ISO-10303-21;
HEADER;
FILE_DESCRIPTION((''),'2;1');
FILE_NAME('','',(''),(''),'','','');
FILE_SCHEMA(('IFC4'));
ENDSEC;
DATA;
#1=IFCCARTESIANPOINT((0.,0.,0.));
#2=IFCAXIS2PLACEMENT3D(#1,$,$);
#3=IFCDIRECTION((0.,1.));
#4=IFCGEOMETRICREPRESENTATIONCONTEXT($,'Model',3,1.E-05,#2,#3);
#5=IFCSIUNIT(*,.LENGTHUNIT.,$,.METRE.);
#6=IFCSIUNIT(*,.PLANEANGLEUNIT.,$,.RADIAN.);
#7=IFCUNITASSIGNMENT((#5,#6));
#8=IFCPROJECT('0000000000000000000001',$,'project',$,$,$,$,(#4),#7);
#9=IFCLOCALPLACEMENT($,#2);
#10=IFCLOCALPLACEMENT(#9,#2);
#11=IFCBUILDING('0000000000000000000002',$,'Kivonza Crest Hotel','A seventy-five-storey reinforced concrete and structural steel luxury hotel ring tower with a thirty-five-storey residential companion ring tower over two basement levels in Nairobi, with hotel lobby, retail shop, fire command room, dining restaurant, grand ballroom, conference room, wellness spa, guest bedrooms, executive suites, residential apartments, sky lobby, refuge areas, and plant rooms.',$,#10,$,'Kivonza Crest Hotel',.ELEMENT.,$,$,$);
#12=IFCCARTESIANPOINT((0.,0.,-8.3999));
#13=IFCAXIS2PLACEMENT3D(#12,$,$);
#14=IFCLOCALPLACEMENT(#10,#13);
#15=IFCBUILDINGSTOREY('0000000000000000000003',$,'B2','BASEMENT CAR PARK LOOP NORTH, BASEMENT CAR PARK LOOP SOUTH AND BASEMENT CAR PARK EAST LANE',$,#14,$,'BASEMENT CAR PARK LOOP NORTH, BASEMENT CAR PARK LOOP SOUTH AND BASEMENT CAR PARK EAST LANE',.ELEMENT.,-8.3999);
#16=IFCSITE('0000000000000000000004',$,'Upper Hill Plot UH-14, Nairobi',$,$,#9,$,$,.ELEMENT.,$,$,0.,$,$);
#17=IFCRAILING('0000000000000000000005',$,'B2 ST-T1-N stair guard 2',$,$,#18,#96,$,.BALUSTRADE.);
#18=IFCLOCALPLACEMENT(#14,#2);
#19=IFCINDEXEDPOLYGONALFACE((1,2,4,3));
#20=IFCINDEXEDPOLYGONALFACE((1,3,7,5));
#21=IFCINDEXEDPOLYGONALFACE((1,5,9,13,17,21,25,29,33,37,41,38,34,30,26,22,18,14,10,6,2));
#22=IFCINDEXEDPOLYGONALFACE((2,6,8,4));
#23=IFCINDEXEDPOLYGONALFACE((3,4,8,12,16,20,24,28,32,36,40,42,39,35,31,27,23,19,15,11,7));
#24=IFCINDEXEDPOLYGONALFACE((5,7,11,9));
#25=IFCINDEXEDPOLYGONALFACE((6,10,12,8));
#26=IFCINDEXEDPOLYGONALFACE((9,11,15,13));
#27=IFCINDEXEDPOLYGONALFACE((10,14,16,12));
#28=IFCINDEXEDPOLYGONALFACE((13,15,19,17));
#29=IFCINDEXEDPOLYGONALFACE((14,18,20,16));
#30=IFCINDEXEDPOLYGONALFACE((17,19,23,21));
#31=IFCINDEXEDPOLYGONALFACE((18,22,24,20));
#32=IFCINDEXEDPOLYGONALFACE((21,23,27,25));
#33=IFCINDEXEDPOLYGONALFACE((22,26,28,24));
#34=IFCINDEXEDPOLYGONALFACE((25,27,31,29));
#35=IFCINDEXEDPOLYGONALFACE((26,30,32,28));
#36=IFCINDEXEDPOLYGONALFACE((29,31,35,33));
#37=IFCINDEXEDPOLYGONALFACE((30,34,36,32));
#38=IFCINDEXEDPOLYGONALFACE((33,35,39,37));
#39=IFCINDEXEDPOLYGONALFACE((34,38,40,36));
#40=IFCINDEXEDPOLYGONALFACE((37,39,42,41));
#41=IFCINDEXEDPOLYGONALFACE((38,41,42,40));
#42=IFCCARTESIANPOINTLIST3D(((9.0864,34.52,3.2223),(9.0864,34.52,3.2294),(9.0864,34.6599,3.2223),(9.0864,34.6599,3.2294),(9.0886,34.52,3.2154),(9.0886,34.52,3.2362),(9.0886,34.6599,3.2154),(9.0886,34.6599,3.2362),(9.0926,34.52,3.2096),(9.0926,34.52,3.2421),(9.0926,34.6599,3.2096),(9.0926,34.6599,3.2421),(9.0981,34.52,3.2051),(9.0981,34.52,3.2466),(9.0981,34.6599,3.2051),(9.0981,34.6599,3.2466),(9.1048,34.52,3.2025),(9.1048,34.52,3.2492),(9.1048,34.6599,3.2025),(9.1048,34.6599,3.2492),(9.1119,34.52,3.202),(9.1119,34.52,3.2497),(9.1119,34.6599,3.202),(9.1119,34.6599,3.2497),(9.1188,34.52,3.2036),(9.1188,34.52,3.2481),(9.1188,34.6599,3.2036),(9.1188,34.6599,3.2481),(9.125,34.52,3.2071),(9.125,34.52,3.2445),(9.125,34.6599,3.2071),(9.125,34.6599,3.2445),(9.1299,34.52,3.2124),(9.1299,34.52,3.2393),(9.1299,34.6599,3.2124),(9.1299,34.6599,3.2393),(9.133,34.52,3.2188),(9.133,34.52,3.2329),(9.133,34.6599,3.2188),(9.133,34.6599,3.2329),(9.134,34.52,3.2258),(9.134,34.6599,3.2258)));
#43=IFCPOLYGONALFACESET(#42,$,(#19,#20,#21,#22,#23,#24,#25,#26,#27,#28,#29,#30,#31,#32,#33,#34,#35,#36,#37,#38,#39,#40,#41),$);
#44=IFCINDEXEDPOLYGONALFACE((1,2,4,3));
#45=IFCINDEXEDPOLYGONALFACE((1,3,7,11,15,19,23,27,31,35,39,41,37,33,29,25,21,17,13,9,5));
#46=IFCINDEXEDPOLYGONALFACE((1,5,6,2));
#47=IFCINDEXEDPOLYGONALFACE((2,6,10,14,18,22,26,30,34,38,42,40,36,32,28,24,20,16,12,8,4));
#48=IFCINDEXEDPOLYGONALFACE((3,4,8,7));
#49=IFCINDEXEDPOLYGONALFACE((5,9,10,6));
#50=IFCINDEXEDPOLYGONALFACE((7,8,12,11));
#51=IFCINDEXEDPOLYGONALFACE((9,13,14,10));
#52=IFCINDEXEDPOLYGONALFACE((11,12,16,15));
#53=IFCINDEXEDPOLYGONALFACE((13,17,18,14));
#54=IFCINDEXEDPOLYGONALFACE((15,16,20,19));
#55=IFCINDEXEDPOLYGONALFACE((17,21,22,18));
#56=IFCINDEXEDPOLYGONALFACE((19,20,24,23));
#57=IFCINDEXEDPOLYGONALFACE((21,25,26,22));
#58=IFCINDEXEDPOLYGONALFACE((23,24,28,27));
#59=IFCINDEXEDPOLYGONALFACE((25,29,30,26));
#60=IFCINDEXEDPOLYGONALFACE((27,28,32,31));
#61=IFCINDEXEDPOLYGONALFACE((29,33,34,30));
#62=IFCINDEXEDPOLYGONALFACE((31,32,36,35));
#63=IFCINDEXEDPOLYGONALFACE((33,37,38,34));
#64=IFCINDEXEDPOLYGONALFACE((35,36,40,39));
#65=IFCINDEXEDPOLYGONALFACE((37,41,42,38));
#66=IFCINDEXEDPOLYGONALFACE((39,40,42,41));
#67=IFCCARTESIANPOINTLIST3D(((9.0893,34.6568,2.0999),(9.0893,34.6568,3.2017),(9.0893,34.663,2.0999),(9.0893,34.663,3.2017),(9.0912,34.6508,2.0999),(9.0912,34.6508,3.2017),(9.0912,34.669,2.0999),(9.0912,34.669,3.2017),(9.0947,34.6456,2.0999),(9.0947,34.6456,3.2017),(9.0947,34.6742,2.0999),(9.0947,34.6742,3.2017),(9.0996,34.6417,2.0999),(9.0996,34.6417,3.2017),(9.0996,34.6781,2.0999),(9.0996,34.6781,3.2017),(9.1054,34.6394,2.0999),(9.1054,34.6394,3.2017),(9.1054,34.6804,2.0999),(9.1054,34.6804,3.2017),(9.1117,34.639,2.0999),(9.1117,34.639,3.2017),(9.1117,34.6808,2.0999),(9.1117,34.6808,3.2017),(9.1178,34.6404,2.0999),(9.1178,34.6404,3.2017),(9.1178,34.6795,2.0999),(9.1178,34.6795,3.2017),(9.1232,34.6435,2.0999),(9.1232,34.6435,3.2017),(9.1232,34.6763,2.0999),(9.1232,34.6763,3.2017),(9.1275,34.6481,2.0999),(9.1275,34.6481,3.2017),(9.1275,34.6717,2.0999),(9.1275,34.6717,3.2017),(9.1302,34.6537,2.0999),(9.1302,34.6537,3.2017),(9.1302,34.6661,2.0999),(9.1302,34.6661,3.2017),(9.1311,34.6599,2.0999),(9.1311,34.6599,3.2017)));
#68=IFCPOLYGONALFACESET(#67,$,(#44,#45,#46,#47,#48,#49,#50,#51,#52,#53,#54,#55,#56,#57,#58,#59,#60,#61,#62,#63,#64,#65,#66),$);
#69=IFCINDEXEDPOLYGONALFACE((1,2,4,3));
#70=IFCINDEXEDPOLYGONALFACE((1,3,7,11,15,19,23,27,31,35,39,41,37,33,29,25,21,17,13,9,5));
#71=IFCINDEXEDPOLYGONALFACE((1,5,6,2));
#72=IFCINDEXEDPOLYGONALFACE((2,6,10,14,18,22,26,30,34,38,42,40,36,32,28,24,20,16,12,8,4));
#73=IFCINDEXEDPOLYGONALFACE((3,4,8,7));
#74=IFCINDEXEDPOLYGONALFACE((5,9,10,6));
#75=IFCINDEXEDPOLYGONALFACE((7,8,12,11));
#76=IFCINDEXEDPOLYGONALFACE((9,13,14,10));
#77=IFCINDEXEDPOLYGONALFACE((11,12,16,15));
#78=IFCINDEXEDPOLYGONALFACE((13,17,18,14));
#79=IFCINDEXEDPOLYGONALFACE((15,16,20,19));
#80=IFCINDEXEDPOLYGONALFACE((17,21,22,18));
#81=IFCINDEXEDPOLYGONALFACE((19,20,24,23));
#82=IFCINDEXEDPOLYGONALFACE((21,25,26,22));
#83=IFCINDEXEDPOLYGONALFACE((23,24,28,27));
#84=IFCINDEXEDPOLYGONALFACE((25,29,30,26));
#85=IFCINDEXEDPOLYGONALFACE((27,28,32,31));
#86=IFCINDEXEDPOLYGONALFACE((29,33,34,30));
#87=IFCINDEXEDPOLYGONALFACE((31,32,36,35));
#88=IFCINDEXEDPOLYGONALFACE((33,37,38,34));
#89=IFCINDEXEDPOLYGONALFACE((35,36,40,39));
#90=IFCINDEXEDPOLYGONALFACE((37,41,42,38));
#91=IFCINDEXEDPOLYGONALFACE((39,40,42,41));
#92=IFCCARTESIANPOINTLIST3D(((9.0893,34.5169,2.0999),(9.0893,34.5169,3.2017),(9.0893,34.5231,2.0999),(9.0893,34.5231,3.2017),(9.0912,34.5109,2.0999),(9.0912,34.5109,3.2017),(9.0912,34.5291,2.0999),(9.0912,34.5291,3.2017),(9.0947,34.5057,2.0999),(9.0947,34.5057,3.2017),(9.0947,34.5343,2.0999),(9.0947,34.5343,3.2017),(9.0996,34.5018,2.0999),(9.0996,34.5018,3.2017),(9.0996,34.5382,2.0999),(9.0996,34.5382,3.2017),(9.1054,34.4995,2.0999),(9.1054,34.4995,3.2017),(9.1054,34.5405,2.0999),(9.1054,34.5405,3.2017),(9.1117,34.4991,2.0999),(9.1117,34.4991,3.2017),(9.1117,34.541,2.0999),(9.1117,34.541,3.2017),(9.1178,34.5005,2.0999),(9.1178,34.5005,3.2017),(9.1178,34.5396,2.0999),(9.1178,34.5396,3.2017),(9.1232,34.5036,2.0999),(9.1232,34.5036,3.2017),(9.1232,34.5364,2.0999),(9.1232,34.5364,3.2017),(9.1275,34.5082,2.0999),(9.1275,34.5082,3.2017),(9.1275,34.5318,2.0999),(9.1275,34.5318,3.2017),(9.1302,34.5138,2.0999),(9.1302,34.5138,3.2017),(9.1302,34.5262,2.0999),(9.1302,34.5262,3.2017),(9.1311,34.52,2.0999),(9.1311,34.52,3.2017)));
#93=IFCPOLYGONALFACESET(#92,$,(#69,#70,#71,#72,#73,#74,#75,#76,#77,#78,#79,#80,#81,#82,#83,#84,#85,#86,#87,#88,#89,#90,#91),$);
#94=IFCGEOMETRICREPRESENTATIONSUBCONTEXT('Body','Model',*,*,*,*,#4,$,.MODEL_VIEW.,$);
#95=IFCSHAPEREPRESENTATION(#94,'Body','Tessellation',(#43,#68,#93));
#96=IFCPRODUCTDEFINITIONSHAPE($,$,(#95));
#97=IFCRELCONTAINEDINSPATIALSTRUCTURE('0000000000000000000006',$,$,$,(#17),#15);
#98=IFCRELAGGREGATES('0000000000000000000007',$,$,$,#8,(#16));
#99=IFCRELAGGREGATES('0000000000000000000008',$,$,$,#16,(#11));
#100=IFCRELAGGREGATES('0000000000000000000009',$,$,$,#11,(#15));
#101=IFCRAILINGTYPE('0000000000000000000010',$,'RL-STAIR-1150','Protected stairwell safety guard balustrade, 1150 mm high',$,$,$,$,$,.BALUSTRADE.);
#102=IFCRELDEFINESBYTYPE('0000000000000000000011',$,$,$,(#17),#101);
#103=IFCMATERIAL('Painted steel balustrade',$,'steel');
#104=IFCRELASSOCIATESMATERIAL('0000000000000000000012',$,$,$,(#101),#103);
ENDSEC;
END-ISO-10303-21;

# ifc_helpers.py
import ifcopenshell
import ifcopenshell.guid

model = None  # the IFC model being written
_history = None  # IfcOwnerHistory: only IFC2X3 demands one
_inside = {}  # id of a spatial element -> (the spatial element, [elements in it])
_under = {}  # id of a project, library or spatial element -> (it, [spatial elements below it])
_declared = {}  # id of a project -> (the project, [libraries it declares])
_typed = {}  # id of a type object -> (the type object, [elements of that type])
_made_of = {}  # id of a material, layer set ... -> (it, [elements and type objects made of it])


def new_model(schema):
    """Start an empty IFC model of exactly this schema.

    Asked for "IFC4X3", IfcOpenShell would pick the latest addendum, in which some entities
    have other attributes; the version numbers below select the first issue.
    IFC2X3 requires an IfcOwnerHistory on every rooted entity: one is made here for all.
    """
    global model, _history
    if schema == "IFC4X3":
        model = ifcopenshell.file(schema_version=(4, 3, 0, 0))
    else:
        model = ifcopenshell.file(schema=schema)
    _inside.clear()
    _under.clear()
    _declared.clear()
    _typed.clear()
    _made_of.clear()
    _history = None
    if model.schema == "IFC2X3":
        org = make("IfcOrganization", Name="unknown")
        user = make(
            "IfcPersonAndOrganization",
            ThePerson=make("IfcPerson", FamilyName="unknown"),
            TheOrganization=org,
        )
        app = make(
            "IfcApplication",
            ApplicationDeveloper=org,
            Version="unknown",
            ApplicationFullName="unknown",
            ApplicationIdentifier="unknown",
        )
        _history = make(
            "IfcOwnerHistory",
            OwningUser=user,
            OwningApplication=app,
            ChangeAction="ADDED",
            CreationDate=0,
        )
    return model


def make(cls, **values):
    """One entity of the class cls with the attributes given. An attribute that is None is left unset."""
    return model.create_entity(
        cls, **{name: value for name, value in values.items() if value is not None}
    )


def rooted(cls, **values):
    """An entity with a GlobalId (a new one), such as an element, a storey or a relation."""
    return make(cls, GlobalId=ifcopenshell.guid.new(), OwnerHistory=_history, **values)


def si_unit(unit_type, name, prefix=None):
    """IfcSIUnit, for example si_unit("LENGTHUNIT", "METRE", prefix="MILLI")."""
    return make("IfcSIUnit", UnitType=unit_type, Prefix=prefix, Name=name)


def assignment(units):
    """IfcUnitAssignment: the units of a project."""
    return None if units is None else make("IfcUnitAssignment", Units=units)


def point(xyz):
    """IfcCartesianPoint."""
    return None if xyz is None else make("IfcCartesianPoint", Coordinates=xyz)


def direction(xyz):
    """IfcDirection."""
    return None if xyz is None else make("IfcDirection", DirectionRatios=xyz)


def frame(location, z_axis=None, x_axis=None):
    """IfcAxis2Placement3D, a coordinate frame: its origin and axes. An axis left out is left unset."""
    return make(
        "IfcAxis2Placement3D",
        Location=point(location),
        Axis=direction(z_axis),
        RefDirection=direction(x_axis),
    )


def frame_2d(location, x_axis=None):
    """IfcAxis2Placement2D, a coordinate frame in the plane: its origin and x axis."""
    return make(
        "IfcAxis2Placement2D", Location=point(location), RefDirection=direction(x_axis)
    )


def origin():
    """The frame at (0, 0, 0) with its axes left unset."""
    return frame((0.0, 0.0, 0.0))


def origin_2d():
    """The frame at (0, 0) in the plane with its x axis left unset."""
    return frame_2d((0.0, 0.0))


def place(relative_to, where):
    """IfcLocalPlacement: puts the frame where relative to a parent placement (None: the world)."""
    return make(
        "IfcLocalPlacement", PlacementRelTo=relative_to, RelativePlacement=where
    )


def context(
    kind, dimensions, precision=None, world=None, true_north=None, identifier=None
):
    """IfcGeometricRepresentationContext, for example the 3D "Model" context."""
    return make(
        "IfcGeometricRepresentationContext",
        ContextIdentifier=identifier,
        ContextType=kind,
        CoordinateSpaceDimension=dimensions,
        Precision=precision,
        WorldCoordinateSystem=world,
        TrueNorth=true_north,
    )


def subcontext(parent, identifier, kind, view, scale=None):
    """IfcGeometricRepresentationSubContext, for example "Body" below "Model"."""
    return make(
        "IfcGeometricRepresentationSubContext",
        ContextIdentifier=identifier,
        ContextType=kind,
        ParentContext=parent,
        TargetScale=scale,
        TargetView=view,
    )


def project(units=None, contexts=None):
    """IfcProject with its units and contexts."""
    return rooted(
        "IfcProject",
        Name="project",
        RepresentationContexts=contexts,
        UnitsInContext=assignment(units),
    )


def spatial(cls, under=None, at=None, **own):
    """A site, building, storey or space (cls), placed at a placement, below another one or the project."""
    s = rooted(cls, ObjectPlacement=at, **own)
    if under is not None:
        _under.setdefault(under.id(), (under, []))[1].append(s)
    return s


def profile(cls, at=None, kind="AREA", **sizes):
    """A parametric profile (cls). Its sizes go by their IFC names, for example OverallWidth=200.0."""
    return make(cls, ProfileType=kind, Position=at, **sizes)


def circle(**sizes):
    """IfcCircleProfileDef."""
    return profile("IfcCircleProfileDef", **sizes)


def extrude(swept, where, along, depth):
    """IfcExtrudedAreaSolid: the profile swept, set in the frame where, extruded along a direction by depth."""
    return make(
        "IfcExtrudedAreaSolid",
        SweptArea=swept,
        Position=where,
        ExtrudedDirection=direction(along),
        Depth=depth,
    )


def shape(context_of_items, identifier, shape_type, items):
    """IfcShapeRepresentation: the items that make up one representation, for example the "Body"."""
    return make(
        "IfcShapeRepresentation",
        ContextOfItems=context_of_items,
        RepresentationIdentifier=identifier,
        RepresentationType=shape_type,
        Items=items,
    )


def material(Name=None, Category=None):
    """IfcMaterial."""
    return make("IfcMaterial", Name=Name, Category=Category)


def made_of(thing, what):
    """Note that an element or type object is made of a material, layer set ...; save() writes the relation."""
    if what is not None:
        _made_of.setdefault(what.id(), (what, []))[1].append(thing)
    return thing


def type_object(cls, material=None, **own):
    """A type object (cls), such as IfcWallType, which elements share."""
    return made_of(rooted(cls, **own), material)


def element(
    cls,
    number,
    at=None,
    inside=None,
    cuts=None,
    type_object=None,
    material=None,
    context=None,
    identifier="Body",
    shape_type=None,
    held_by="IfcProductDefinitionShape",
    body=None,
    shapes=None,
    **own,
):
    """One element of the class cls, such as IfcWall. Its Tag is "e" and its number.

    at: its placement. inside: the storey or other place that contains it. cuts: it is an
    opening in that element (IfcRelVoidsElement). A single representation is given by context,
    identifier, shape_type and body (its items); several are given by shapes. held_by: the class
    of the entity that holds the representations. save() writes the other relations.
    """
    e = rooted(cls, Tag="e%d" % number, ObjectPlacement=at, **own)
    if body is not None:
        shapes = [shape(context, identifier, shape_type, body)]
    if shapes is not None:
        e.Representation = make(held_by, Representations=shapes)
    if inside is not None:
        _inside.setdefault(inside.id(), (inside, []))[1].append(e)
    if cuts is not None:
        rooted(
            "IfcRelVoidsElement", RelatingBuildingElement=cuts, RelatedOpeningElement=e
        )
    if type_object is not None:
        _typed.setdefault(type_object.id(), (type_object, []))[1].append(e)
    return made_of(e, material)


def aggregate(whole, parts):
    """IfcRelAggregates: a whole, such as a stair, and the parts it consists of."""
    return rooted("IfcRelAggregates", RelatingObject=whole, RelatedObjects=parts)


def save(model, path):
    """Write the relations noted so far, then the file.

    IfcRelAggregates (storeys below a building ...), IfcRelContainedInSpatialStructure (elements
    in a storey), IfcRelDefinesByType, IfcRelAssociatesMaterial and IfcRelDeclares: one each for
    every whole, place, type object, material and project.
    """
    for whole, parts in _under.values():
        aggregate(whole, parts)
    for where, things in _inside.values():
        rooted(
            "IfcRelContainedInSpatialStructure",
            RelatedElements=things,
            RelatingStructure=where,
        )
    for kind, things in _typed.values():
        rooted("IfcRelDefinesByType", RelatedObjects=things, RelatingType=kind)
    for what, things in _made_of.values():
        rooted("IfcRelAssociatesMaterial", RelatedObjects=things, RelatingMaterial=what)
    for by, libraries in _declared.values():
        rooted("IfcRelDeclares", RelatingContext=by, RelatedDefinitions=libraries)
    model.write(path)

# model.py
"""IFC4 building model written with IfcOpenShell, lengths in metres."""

from ifc_helpers import new_model, si_unit, direction, frame, origin, origin_2d, place, context, subcontext, project, spatial, circle, extrude, material, type_object, element, save


model = new_model("IFC4")

# Units and contexts
model_context = context("Model", 3, precision=1e-05, world=origin(), true_north=direction((0.0, 1.0)))
body_context = subcontext(model_context, "Body", "Model", "MODEL_VIEW")
ifc_project = project(units=[si_unit("LENGTHUNIT", "METRE"), si_unit("PLANEANGLEUNIT", "RADIAN")], contexts=[model_context])

# Site, building, storey
site_placement = place(None, origin())
site = spatial("IfcSite", under=ifc_project, at=site_placement, Name="Upper Hill Plot UH-14, Nairobi", CompositionType="ELEMENT", RefElevation=0.0)
building_placement = place(site_placement, origin())
building = spatial("IfcBuilding", under=site, at=building_placement, Name="Kivonza Crest Hotel", Description="A seventy-five-storey reinforced concrete and structural steel luxury hotel ring tower with a thirty-five-storey residential companion ring tower over two basement levels in Nairobi, with hotel lobby, retail shop, fire command room, dining restaurant, grand ballroom, conference room, wellness spa, guest bedrooms, executive suites, residential apartments, sky lobby, refuge areas, and plant rooms.", LongName="Kivonza Crest Hotel", CompositionType="ELEMENT")
storey_placement = place(building_placement, frame((0.0, 0.0, -8.3999)))
storey = spatial("IfcBuildingStorey", under=building, at=storey_placement, Name="B2", Description="BASEMENT CAR PARK LOOP NORTH, BASEMENT CAR PARK LOOP SOUTH AND BASEMENT CAR PARK EAST LANE", LongName="BASEMENT CAR PARK LOOP NORTH, BASEMENT CAR PARK LOOP SOUTH AND BASEMENT CAR PARK EAST LANE", CompositionType="ELEMENT", Elevation=-8.3999)

# Railing
ifc_material_1 = material(Name="Painted steel balustrade", Category="steel")
railing_type_1 = type_object("IfcRailingType", Name="RL-STAIR-1150", Description="Protected stairwell safety guard balustrade, 1150 mm high", PredefinedType="BALUSTRADE", material=ifc_material_1)
railing_1_placement = place(storey_placement, frame((9.1101, 34.6599, 2.0999)))
element("IfcRailing", 1, at=railing_1_placement, inside=storey, type_object=railing_type_1, Name="B2 ST-T1-N stair guard 2", PredefinedType="BALUSTRADE", context=body_context, shape_type="SweptSolid", body=[
    extrude(circle(Radius=0.0239, at=origin_2d()), frame((0.0, 0.0, 1.126), z_axis=(0.0, -1.0, 0.0), x_axis=(1.0, 0.0, 0.0)), (0.0, 0.0, 1.0), 0.1399),
    extrude(circle(Radius=0.021, at=origin_2d()), origin(), (0.0, 0.0, 1.0), 1.1018),
    extrude(circle(Radius=0.021, at=origin_2d()), frame((0.0, -0.1399, 0.0)), (0.0, 0.0, 1.0), 1.1018),
])

save(model, "model.ifc")
